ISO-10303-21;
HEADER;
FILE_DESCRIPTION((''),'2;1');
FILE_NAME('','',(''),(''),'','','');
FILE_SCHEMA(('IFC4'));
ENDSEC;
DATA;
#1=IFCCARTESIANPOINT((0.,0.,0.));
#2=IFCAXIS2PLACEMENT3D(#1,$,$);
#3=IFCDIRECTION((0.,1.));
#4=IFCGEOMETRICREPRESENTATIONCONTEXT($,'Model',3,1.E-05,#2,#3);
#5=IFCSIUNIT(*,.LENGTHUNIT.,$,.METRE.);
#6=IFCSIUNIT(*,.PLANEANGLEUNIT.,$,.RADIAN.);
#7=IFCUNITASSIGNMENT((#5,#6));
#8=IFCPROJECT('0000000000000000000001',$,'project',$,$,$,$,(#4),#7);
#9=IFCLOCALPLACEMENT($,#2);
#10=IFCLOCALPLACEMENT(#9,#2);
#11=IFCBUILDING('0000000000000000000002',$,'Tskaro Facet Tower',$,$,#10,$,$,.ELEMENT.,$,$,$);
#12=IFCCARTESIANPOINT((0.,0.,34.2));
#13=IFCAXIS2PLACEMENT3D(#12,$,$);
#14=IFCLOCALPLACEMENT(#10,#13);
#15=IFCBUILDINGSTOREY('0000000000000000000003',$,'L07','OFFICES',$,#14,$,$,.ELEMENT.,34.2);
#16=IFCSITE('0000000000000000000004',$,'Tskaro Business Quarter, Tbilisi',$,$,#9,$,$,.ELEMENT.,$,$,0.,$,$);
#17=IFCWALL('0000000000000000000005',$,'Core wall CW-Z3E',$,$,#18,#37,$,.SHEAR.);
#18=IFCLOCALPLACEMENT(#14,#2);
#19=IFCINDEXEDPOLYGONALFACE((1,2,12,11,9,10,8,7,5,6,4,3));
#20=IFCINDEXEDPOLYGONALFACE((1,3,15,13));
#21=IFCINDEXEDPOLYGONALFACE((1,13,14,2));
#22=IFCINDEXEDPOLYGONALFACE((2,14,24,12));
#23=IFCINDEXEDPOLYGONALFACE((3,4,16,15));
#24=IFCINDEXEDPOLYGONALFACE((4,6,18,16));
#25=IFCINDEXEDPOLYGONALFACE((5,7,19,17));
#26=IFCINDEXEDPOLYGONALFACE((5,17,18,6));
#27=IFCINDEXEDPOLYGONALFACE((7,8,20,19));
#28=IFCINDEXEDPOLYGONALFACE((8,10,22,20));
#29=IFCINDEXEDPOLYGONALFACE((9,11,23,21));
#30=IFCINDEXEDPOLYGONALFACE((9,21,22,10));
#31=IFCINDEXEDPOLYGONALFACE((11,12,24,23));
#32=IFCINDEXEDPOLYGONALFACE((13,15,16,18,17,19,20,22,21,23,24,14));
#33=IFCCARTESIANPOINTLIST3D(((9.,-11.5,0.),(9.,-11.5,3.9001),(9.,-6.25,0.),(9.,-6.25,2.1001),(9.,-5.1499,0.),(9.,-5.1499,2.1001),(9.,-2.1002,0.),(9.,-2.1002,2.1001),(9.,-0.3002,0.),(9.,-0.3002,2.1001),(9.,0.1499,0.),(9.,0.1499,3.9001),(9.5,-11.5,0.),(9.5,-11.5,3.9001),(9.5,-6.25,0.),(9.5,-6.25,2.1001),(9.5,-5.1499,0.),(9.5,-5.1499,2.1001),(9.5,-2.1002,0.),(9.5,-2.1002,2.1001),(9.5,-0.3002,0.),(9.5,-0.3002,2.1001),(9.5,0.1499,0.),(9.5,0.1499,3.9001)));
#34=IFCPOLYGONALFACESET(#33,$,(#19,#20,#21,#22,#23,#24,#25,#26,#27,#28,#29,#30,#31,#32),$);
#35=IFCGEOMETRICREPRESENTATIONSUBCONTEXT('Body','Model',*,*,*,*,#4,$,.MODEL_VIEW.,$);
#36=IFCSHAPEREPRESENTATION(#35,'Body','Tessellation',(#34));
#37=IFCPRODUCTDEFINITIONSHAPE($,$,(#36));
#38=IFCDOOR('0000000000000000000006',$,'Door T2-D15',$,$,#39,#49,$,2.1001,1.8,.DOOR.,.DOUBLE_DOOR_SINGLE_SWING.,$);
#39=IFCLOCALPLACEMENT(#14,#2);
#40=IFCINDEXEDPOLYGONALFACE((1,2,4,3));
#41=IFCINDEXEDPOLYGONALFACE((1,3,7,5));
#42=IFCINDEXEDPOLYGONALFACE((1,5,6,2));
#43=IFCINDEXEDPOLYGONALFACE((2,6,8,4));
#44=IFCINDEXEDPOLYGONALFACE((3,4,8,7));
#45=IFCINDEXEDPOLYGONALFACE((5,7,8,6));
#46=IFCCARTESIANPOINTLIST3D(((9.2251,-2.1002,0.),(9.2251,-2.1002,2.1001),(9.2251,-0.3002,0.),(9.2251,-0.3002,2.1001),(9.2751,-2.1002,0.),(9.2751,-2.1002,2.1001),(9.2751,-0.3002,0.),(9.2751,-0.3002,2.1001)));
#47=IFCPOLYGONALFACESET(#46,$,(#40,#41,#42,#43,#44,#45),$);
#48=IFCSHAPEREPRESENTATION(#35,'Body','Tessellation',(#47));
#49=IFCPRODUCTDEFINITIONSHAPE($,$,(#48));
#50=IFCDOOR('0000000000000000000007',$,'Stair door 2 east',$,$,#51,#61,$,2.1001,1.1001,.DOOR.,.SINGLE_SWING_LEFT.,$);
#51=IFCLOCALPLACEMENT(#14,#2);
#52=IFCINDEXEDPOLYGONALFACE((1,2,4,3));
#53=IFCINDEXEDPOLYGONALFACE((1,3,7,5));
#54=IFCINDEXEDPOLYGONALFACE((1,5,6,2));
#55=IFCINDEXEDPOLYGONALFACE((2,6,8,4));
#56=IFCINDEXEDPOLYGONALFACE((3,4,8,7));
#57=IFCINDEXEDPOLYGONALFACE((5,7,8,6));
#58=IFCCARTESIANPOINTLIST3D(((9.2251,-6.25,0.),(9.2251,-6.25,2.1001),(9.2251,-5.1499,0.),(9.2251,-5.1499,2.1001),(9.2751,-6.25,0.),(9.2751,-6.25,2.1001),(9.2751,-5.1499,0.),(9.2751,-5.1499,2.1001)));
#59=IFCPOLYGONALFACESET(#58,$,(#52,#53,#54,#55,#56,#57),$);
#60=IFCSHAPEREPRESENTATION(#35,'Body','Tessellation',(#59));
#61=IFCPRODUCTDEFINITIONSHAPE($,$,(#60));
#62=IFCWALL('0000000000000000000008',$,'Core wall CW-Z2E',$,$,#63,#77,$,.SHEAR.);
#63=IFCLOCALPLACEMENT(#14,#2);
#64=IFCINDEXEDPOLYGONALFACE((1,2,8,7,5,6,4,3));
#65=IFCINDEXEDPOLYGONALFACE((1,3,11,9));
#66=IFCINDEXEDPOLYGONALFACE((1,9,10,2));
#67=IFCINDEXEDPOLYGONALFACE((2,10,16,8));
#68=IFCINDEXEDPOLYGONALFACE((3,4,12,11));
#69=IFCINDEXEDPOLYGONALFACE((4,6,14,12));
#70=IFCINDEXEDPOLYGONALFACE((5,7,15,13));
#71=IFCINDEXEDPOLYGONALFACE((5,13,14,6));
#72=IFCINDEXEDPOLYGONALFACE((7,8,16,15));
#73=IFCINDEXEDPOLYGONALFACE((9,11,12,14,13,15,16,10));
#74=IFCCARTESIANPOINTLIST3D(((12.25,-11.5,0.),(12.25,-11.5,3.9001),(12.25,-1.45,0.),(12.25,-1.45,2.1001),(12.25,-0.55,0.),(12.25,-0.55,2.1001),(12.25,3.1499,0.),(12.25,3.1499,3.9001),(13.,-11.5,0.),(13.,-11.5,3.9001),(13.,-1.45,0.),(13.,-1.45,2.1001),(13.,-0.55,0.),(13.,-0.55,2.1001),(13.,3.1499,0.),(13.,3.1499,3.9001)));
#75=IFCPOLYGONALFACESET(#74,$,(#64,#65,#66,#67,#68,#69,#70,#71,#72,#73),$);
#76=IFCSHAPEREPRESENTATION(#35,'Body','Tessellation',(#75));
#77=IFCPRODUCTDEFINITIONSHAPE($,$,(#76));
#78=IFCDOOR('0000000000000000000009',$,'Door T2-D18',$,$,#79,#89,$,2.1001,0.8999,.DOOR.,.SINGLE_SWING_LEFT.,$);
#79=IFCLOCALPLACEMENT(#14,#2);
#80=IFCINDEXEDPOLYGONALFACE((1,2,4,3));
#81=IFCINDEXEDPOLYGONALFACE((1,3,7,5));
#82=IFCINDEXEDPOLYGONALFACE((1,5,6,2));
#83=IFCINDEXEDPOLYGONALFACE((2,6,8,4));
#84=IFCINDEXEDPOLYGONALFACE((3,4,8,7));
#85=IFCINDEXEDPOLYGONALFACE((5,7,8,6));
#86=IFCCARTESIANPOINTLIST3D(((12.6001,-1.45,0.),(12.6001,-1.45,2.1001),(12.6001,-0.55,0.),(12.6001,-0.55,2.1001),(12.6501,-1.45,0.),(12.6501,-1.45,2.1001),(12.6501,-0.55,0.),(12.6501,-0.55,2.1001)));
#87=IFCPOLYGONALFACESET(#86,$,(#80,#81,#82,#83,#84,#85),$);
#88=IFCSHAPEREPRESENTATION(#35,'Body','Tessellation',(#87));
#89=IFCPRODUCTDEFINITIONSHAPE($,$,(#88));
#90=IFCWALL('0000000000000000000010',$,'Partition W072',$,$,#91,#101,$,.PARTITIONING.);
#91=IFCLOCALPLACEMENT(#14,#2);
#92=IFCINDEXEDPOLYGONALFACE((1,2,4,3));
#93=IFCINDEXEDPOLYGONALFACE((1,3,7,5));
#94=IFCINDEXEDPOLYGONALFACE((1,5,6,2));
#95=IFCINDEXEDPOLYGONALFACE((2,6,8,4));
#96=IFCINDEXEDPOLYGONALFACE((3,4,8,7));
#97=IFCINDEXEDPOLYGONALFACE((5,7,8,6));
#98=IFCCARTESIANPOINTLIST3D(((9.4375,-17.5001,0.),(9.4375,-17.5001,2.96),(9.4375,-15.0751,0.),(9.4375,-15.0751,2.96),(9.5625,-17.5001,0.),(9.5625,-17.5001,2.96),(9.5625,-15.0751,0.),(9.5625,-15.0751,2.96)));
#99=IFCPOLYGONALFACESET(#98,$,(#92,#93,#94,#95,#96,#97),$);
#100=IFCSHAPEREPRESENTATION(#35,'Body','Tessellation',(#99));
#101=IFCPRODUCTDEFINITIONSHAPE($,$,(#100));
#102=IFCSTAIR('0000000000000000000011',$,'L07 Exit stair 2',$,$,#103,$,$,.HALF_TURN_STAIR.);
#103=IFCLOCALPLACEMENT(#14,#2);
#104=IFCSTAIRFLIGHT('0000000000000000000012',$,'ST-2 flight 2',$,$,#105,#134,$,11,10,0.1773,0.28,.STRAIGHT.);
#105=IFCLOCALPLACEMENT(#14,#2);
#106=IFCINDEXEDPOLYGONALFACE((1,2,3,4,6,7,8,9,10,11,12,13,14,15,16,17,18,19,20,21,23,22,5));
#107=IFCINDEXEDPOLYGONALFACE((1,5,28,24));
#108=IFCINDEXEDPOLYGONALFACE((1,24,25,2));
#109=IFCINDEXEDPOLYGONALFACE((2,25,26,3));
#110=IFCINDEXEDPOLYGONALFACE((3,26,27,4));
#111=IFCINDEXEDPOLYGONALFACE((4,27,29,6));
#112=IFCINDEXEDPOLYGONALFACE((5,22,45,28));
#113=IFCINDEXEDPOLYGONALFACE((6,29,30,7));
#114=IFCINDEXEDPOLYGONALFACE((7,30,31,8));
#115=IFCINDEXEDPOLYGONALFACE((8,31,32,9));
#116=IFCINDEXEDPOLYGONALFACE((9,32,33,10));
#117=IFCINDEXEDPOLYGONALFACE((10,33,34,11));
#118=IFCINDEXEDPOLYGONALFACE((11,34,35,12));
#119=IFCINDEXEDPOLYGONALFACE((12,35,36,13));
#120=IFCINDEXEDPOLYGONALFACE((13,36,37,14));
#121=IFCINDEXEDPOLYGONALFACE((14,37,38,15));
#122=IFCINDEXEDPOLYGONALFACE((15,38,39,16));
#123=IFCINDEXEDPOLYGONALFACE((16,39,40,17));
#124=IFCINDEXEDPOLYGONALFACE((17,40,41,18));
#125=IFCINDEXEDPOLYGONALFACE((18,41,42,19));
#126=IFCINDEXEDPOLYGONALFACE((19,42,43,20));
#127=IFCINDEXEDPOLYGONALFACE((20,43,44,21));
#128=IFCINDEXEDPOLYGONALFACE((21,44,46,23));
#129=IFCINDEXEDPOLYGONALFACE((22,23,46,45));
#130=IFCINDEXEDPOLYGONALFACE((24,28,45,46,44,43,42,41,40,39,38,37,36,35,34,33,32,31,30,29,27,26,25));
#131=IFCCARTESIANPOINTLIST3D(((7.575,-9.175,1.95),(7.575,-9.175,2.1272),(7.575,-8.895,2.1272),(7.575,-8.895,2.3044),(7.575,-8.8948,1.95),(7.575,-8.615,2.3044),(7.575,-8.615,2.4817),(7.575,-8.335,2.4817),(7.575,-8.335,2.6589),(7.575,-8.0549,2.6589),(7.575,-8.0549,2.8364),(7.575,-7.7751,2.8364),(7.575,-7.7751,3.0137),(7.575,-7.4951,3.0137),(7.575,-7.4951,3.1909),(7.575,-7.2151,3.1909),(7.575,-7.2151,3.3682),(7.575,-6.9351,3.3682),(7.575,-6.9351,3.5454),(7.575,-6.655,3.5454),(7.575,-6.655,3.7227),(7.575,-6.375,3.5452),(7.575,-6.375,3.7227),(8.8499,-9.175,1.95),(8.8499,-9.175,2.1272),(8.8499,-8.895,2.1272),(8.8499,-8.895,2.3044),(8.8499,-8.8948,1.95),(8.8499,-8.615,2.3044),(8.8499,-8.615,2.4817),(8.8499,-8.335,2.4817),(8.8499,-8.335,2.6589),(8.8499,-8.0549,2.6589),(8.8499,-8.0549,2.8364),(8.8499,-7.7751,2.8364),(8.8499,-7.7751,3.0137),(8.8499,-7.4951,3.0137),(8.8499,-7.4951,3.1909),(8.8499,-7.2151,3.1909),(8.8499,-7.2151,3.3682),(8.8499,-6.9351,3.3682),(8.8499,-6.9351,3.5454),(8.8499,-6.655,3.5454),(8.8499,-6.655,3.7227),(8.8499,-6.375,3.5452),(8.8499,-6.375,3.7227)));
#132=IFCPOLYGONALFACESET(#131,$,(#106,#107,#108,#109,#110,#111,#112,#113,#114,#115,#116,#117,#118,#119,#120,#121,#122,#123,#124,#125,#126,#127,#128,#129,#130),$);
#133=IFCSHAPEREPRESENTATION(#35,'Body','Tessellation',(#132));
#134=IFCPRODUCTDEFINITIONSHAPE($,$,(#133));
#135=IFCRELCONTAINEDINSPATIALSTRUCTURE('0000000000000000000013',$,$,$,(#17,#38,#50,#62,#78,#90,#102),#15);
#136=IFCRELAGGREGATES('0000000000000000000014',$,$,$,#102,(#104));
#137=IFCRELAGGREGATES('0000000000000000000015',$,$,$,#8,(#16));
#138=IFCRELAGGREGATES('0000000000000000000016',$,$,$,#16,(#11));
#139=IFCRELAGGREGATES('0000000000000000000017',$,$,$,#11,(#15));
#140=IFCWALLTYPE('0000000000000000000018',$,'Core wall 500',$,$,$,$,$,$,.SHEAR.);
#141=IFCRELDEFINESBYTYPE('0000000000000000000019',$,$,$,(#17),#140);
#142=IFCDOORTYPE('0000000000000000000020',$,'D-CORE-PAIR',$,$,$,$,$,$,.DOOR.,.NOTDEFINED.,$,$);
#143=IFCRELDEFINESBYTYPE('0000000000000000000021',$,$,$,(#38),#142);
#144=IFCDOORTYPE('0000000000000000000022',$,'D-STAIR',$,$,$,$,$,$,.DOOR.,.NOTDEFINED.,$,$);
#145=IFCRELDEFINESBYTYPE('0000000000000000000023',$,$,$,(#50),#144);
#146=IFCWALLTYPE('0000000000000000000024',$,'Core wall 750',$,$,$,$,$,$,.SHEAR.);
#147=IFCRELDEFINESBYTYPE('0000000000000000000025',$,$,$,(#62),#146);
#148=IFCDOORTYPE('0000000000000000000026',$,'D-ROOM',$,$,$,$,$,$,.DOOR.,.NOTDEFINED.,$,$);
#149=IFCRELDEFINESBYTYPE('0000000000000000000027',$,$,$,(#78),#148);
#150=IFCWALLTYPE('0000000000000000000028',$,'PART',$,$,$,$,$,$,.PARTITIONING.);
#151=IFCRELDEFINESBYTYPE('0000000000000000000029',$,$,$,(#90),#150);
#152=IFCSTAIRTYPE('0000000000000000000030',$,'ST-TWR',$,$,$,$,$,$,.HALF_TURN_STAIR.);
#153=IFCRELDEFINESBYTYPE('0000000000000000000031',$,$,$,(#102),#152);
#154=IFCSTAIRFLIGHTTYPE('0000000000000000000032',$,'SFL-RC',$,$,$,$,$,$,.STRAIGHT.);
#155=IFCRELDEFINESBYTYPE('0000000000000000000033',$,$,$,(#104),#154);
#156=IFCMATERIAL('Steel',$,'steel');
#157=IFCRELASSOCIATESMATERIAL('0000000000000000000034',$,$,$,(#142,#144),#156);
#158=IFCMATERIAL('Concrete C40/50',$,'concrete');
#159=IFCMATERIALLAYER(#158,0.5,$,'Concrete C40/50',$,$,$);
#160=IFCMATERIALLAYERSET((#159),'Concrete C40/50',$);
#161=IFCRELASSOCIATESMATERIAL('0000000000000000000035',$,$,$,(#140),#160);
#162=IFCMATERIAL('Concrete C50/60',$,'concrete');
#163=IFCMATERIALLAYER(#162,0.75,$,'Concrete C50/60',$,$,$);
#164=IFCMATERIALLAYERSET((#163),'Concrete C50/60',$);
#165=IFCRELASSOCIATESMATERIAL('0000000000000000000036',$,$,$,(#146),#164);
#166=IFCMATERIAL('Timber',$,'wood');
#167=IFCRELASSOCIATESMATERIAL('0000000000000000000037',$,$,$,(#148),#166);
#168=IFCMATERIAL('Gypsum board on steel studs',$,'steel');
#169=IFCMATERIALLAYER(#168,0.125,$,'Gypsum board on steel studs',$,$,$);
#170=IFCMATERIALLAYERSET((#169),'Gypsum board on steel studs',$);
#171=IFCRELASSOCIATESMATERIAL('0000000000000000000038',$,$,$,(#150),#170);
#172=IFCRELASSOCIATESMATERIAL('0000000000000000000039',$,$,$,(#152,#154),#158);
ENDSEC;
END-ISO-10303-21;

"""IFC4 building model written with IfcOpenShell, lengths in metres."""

from ifc_helpers import new_model, si_unit, direction, frame, frame_2d, origin, place, context, subcontext, project, spatial, polyline, rectangle, outline, extrude, material, layer, layer_set, type_object, element, fill, aggregate, save


model = new_model("IFC4")

# Units and contexts
model_context = context("Model", 3, precision=1e-05, world=origin(), true_north=direction((0.0, 1.0)))
body_context = subcontext(model_context, "Body", "Model", "MODEL_VIEW")
ifc_project = project(units=[si_unit("LENGTHUNIT", "METRE"), si_unit("PLANEANGLEUNIT", "RADIAN")], contexts=[model_context])

# Site, building, storey
site_placement = place(None, origin())
site = spatial("IfcSite", under=ifc_project, at=site_placement, Name="Tskaro Business Quarter, Tbilisi", CompositionType="ELEMENT", RefElevation=0.0)
building_placement = place(site_placement, origin())
building = spatial("IfcBuilding", under=site, at=building_placement, Name="Tskaro Facet Tower", CompositionType="ELEMENT")
storey_placement = place(building_placement, frame((0.0, 0.0, 34.2)))
storey = spatial("IfcBuildingStorey", under=building, at=storey_placement, Name="L07", Description="OFFICES", CompositionType="ELEMENT", Elevation=34.2)

# Shared definitions
ifc_material_1 = material(Name="Steel", Category="steel")
door_type_1 = type_object("IfcDoorType", Name="D-CORE-PAIR", OperationType="NOTDEFINED", PredefinedType="DOOR", material=ifc_material_1)

# Wall, openings, doors
ifc_material_2 = material(Name="Concrete C40/50", Category="concrete")
ifc_layer_1 = layer(ifc_material_2, 0.5, Name="Concrete C40/50")
ifc_layer_set_1 = layer_set([ifc_layer_1], Name="Concrete C40/50")
wall_type_1 = type_object("IfcWallType", Name="Core wall 500", PredefinedType="SHEAR", material=ifc_layer_set_1)
wall_1_placement = place(storey_placement, frame((9.25, -11.5, 0.0), z_axis=(0.0, 0.0, 1.0), x_axis=(0.0, 1.0, 0.0)))
wall_1 = element("IfcWall", 1, at=wall_1_placement, inside=storey, type_object=wall_type_1, Name="Core wall CW-Z3E", PredefinedType="SHEAR", context=body_context, shape_type="SweptSolid", body=[
    extrude(rectangle(XDim=11.6499, YDim=0.5, at=frame_2d((5.825, 0.0))), origin(), (0.0, 0.0, 1.0), 3.9001),
])
opening_1_placement = place(wall_1_placement, frame((9.3999, 0.0, 0.0)))
opening_1 = element("IfcOpeningElement", 2, at=opening_1_placement, cuts=wall_1, PredefinedType="OPENING", context=body_context, shape_type="SweptSolid", body=[
    extrude(rectangle(XDim=1.8, YDim=2.1001, at=frame_2d((0.8999, 1.05))), frame((0.0, 0.26, 0.0), z_axis=(0.0, -1.0, 0.0), x_axis=(1.0, 0.0, 0.0)), (0.0, 0.0, 1.0), 0.52),
])
opening_2_placement = place(wall_1_placement, frame((5.25, 0.0, 0.0)))
opening_2 = element("IfcOpeningElement", 3, at=opening_2_placement, cuts=wall_1, PredefinedType="OPENING", context=body_context, shape_type="SweptSolid", body=[
    extrude(rectangle(XDim=1.1001, YDim=2.1001, at=frame_2d((0.55, 1.05))), frame((0.0, 0.26, 0.0), z_axis=(0.0, -1.0, 0.0), x_axis=(1.0, 0.0, 0.0)), (0.0, 0.0, 1.0), 0.52),
])
door_1_placement = place(opening_1_placement, origin())
door_1 = element("IfcDoor", 4, at=door_1_placement, inside=storey, type_object=door_type_1, Name="Door T2-D15", OperationType="DOUBLE_DOOR_SINGLE_SWING", OverallHeight=2.1001, OverallWidth=1.8, PredefinedType="DOOR", context=body_context, shape_type="SweptSolid", body=[
    extrude(rectangle(XDim=1.8, YDim=2.1001, at=frame_2d((0.8999, 1.05))), frame((0.0, 0.0249, 0.0), z_axis=(0.0, -1.0, 0.0), x_axis=(1.0, 0.0, 0.0)), (0.0, 0.0, 1.0), 0.05),
])
fill(opening_1, door_1)
door_type_2 = type_object("IfcDoorType", Name="D-STAIR", OperationType="NOTDEFINED", PredefinedType="DOOR", material=ifc_material_1)
door_2_placement = place(opening_2_placement, origin())
door_2 = element("IfcDoor", 5, at=door_2_placement, inside=storey, type_object=door_type_2, Name="Stair door 2 east", OperationType="SINGLE_SWING_LEFT", OverallHeight=2.1001, OverallWidth=1.1001, PredefinedType="DOOR", context=body_context, shape_type="SweptSolid", body=[
    extrude(rectangle(XDim=1.1001, YDim=2.1001, at=frame_2d((0.55, 1.05))), frame((0.0, 0.0249, 0.0), z_axis=(0.0, -1.0, 0.0), x_axis=(1.0, 0.0, 0.0)), (0.0, 0.0, 1.0), 0.05),
])
fill(opening_2, door_2)

# Wall, opening, door
ifc_material_3 = material(Name="Concrete C50/60", Category="concrete")
ifc_layer_2 = layer(ifc_material_3, 0.75, Name="Concrete C50/60")
ifc_layer_set_2 = layer_set([ifc_layer_2], Name="Concrete C50/60")
wall_type_2 = type_object("IfcWallType", Name="Core wall 750", PredefinedType="SHEAR", material=ifc_layer_set_2)
wall_2_placement = place(storey_placement, frame((12.625, -11.5, 0.0), z_axis=(0.0, 0.0, 1.0), x_axis=(0.0, 1.0, 0.0)))
wall_2 = element("IfcWall", 6, at=wall_2_placement, inside=storey, type_object=wall_type_2, Name="Core wall CW-Z2E", PredefinedType="SHEAR", context=body_context, shape_type="SweptSolid", body=[
    extrude(rectangle(XDim=14.6499, YDim=0.75, at=frame_2d((7.325, 0.0))), origin(), (0.0, 0.0, 1.0), 3.9001),
])
opening_3_placement = place(wall_2_placement, frame((10.05, 0.0, 0.0)))
opening_3 = element("IfcOpeningElement", 7, at=opening_3_placement, cuts=wall_2, PredefinedType="OPENING", context=body_context, shape_type="SweptSolid", body=[
    extrude(rectangle(XDim=0.8999, YDim=2.1001, at=frame_2d((0.45, 1.05))), frame((0.0, 0.385, 0.0), z_axis=(0.0, -1.0, 0.0), x_axis=(1.0, 0.0, 0.0)), (0.0, 0.0, 1.0), 0.77),
])
ifc_material_4 = material(Name="Timber", Category="wood")
door_type_3 = type_object("IfcDoorType", Name="D-ROOM", OperationType="NOTDEFINED", PredefinedType="DOOR", material=ifc_material_4)
door_3_placement = place(opening_3_placement, origin())
door_3 = element("IfcDoor", 8, at=door_3_placement, inside=storey, type_object=door_type_3, Name="Door T2-D18", OperationType="SINGLE_SWING_LEFT", OverallHeight=2.1001, OverallWidth=0.8999, PredefinedType="DOOR", context=body_context, shape_type="SweptSolid", body=[
    extrude(rectangle(XDim=0.8999, YDim=2.1001, at=frame_2d((0.45, 1.05))), frame((0.0, 0.0249, 0.0), z_axis=(0.0, -1.0, 0.0), x_axis=(1.0, 0.0, 0.0)), (0.0, 0.0, 1.0), 0.05),
])
fill(opening_3, door_3)

# Wall
ifc_material_5 = material(Name="Gypsum board on steel studs", Category="steel")
ifc_layer_3 = layer(ifc_material_5, 0.125, Name="Gypsum board on steel studs")
ifc_layer_set_3 = layer_set([ifc_layer_3], Name="Gypsum board on steel studs")
wall_type_3 = type_object("IfcWallType", Name="PART", PredefinedType="PARTITIONING", material=ifc_layer_set_3)
wall_3_placement = place(storey_placement, frame((9.5, -17.5, 0.0), z_axis=(0.0, 0.0, 1.0), x_axis=(0.0, 1.0, 0.0)))
element("IfcWall", 9, at=wall_3_placement, inside=storey, type_object=wall_type_3, Name="Partition W072", PredefinedType="PARTITIONING", context=body_context, shape_type="SweptSolid", body=[
    extrude(rectangle(XDim=2.425, YDim=0.125, at=frame_2d((1.2124, 0.0))), origin(), (0.0, 0.0, 1.0), 2.96),
])

# Stair, stair flight
stair_type = type_object("IfcStairType", Name="ST-TWR", PredefinedType="HALF_TURN_STAIR", material=ifc_material_2)
stair_placement = place(storey_placement, origin())
stair = element("IfcStair", 10, at=stair_placement, inside=storey, type_object=stair_type, Name="L07 Exit stair 2", PredefinedType="HALF_TURN_STAIR")
stair_flight_type = type_object("IfcStairFlightType", Name="SFL-RC", PredefinedType="STRAIGHT", material=ifc_material_2)
stair_flight_placement = place(storey_placement, frame((8.2124, -9.175, 1.95), z_axis=(0.0, 0.0, 1.0), x_axis=(0.0, 1.0, 0.0)))
stair_flight = element("IfcStairFlight", 11, at=stair_flight_placement, type_object=stair_flight_type, Name="ST-2 flight 2", NumberOfRisers=11, NumberOfTreads=10, PredefinedType="STRAIGHT", RiserHeight=0.1773, TreadLength=0.28, context=body_context, shape_type="SweptSolid", body=[
    extrude(outline(polyline([(0.0, 0.0), (0.0, 0.1772), (0.28, 0.1772), (0.28, 0.3545), (0.5601, 0.3545), (0.5601, 0.5317), (0.8401, 0.5317), (0.8401, 0.709), (1.1201, 0.709), (1.1201, 0.8865), (1.3999, 0.8865), (1.3999, 1.0637), (1.6799, 1.0637), (1.6799, 1.241), (1.96, 1.241), (1.96, 1.4182), (2.24, 1.4182), (2.24, 1.5955), (2.52, 1.5955), (2.52, 1.7727), (2.8, 1.7727), (2.8, 1.95), (2.8, 1.5952), (0.2803, 0.0), (0.0, 0.0)])), frame((0.0, 0.6375, 0.0), z_axis=(0.0, -1.0, 0.0), x_axis=(1.0, 0.0, 0.0)), (0.0, 0.0, 1.0), 1.2749),
])
aggregate(stair, [stair_flight])

save(model, "model.ifc")
